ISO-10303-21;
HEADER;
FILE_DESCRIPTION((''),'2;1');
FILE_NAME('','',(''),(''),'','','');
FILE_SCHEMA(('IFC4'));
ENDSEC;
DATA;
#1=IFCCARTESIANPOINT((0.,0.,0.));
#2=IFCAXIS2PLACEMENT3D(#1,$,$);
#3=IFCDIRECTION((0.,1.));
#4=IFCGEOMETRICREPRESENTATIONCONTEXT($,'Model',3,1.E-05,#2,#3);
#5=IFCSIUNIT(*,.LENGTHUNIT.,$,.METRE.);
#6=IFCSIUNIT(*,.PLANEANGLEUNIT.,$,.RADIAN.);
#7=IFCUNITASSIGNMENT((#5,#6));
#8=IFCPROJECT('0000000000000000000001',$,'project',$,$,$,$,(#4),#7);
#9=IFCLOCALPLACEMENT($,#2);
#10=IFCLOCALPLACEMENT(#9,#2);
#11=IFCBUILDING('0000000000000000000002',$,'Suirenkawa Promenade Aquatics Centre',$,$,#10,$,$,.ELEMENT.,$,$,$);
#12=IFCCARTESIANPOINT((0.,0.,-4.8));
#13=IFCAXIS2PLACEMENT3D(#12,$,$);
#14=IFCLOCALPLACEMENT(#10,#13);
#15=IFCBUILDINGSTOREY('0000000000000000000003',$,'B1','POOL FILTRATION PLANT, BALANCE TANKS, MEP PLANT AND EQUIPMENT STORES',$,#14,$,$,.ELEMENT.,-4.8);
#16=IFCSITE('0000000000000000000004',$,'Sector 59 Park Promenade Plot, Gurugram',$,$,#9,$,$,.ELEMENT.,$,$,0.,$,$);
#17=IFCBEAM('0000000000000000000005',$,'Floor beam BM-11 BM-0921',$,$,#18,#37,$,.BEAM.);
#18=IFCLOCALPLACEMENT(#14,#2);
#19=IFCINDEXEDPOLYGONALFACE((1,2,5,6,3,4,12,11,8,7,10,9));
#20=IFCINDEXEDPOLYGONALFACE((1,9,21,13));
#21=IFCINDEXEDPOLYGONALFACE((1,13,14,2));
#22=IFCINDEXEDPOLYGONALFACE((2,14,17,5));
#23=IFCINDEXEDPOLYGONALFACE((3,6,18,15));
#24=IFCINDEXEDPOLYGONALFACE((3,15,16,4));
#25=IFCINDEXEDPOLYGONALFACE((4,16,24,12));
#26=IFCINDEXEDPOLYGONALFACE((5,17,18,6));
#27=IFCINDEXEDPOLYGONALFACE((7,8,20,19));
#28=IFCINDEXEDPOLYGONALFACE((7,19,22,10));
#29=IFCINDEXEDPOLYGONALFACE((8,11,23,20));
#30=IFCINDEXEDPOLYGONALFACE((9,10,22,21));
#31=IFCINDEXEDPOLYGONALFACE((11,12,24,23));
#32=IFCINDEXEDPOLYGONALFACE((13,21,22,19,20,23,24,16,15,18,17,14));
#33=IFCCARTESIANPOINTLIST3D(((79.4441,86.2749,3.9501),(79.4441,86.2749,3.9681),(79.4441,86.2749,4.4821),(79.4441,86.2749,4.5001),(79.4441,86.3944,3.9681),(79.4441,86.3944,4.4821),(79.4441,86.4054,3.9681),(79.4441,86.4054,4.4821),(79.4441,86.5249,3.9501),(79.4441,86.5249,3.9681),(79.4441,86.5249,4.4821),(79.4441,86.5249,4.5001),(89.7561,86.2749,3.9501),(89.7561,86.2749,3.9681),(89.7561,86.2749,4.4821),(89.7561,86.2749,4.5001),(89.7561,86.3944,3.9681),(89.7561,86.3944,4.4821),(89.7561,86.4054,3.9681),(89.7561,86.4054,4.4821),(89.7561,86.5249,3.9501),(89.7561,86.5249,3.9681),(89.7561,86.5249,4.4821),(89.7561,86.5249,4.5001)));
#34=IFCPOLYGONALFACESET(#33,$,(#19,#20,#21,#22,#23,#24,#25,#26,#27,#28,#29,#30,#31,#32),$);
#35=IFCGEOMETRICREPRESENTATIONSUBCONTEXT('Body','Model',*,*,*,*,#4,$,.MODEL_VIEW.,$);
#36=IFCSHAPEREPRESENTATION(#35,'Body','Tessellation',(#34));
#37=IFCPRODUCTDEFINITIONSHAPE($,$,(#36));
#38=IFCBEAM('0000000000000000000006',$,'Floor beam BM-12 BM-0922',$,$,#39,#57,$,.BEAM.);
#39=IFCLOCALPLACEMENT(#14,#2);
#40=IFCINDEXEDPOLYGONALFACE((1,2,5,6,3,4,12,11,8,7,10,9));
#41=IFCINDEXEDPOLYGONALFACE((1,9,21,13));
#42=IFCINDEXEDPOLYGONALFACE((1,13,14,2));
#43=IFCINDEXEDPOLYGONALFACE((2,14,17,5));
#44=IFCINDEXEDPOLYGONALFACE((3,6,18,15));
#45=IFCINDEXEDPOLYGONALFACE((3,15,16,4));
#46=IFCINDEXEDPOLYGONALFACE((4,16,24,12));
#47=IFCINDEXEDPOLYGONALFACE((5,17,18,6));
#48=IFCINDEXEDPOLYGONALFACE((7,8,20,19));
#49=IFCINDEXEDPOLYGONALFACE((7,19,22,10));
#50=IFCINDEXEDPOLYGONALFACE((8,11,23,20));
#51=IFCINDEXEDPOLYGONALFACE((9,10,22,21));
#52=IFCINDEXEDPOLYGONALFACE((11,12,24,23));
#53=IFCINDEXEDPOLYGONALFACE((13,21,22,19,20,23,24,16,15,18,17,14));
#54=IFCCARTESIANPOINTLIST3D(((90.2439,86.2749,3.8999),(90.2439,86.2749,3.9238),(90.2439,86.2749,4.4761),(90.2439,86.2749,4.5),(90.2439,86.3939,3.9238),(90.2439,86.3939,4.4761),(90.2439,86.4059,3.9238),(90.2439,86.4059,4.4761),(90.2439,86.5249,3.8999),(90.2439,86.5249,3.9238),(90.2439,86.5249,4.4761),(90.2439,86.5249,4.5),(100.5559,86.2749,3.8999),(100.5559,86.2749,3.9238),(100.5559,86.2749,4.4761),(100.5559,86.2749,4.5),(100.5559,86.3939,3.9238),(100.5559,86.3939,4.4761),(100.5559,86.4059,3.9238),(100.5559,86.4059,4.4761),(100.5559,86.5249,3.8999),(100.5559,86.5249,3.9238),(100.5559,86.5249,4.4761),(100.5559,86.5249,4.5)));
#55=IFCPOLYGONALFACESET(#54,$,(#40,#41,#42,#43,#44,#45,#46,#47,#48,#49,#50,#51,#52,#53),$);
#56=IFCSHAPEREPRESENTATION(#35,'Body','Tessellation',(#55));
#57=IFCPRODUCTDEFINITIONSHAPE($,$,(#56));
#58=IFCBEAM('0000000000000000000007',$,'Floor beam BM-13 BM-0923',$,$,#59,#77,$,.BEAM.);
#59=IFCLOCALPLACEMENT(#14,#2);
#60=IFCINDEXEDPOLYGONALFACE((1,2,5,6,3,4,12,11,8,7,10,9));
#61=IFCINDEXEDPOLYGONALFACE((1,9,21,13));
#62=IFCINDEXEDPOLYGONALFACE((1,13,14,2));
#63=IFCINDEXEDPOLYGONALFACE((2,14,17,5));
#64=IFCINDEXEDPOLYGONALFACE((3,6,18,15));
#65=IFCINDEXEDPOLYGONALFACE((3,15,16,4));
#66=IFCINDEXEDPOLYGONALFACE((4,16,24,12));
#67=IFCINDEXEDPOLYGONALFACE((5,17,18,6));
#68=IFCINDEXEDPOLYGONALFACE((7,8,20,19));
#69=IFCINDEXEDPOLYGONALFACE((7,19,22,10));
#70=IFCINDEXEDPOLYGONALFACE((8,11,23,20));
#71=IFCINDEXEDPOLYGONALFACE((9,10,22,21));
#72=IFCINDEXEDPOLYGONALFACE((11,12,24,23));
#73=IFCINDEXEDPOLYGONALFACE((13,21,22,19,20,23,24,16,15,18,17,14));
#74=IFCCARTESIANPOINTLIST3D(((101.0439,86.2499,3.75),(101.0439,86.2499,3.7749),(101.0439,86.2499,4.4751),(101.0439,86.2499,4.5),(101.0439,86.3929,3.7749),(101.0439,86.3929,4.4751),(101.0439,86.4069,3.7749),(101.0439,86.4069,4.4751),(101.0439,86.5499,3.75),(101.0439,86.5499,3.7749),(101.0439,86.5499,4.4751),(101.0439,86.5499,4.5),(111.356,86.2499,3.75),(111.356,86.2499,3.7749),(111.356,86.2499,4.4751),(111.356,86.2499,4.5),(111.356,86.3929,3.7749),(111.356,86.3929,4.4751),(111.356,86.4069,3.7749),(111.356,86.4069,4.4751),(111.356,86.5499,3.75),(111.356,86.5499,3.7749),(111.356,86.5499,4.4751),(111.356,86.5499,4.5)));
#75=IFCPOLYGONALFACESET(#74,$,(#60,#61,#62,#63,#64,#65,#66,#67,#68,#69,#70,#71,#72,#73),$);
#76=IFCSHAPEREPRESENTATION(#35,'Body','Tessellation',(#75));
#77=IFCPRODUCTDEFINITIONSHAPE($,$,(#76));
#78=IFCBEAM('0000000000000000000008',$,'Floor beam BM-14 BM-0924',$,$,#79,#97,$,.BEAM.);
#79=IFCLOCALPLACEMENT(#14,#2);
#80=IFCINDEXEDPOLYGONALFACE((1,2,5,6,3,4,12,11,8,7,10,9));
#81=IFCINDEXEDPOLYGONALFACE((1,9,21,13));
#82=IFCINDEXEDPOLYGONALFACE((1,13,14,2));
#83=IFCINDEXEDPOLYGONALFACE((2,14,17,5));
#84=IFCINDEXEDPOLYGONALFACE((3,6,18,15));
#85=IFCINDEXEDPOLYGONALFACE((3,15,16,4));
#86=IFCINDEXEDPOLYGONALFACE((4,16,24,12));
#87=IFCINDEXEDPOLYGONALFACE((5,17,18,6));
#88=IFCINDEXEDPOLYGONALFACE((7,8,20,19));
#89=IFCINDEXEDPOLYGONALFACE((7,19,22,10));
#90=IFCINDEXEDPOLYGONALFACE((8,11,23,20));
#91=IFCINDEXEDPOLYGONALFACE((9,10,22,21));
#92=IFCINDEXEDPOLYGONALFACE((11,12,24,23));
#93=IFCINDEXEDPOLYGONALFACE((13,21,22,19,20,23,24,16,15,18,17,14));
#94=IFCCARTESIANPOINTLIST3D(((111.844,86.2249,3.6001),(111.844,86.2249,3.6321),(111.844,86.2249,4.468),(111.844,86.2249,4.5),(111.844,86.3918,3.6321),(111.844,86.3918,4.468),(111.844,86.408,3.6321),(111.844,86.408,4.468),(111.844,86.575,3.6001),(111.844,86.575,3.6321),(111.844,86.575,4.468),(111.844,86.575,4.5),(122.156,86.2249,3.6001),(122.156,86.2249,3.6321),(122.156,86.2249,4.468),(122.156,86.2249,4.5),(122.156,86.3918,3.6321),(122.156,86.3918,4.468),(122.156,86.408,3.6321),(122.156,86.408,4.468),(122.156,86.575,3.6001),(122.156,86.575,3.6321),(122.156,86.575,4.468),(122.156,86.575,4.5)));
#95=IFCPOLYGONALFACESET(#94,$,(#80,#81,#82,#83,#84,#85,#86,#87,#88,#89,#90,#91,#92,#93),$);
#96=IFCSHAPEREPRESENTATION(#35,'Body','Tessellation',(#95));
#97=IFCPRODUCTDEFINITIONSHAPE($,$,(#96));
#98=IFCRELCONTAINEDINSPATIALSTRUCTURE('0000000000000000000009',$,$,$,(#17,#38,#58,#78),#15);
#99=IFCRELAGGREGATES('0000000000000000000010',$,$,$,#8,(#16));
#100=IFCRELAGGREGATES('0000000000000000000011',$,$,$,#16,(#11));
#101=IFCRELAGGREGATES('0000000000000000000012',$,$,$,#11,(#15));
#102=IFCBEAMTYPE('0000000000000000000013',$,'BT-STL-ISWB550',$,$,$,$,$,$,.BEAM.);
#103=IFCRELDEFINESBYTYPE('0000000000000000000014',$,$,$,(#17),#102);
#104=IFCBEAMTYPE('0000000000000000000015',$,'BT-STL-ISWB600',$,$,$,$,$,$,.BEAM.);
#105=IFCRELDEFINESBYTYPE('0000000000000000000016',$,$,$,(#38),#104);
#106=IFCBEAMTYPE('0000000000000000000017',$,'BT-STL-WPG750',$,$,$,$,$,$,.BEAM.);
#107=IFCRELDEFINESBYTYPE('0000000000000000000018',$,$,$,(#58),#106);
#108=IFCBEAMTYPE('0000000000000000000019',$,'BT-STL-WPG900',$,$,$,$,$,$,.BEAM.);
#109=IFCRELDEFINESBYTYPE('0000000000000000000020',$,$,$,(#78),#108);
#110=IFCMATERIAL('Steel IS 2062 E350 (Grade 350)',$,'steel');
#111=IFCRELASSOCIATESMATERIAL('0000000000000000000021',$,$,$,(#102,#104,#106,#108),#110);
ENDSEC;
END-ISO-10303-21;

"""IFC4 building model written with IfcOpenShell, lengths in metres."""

from ifc_helpers import new_model, si_unit, direction, frame, origin, origin_2d, place, context, subcontext, project, spatial, i_section, extrude, material, material_profile, profile_set, type_object, element, save


model = new_model("IFC4")

# Units and contexts
model_context = context("Model", 3, precision=1e-05, world=origin(), true_north=direction((0.0, 1.0)))
body_context = subcontext(model_context, "Body", "Model", "MODEL_VIEW")
ifc_project = project(units=[si_unit("LENGTHUNIT", "METRE"), si_unit("PLANEANGLEUNIT", "RADIAN")], contexts=[model_context])

# Site, building, storey
site_placement = place(None, origin())
site = spatial("IfcSite", under=ifc_project, at=site_placement, Name="Sector 59 Park Promenade Plot, Gurugram", CompositionType="ELEMENT", RefElevation=0.0)
building_placement = place(site_placement, origin())
building = spatial("IfcBuilding", under=site, at=building_placement, Name="Suirenkawa Promenade Aquatics Centre", CompositionType="ELEMENT")
storey_placement = place(building_placement, frame((0.0, 0.0, -4.8)))
storey = spatial("IfcBuildingStorey", under=building, at=storey_placement, Name="B1", Description="POOL FILTRATION PLANT, BALANCE TANKS, MEP PLANT AND EQUIPMENT STORES", CompositionType="ELEMENT", Elevation=-4.8)

# Beams
ifc_material_1 = material(Name="Steel IS 2062 E350 (Grade 350)", Category="steel")
ifc_material_profile_1 = material_profile(ifc_material_1, i_section(OverallWidth=0.25, OverallDepth=0.55, WebThickness=0.011, FlangeThickness=0.0181, at=origin_2d()), Name="ISWB 550", Category="steel")
ifc_profile_set_1 = profile_set([ifc_material_profile_1], Name="Steel IS 2062 E350 (Grade 350)")
beam_type_1 = type_object("IfcBeamType", Name="BT-STL-ISWB550", PredefinedType="BEAM", material=ifc_profile_set_1)
beam_1_placement = place(storey_placement, frame((79.4441, 86.3999, 4.2251), z_axis=(1.0, 0.0, 0.0), x_axis=(0.0, 1.0, 0.0)))
element("IfcBeam", 1, at=beam_1_placement, inside=storey, type_object=beam_type_1, Name="Floor beam BM-11 BM-0921", PredefinedType="BEAM", context=body_context, shape_type="SweptSolid", body=[
    extrude(i_section(OverallWidth=0.25, OverallDepth=0.55, WebThickness=0.011, FlangeThickness=0.0181, at=origin_2d()), origin(), (0.0, 0.0, 1.0), 10.312),
])
ifc_material_profile_2 = material_profile(ifc_material_1, i_section(OverallWidth=0.25, OverallDepth=0.6001, WebThickness=0.012, FlangeThickness=0.0239, at=origin_2d()), Name="ISWB 600", Category="steel")
ifc_profile_set_2 = profile_set([ifc_material_profile_2], Name="Steel IS 2062 E350 (Grade 350)")
beam_type_2 = type_object("IfcBeamType", Name="BT-STL-ISWB600", PredefinedType="BEAM", material=ifc_profile_set_2)
beam_2_placement = place(storey_placement, frame((90.2439, 86.3999, 4.2), z_axis=(1.0, 0.0, 0.0), x_axis=(0.0, 1.0, 0.0)))
element("IfcBeam", 2, at=beam_2_placement, inside=storey, type_object=beam_type_2, Name="Floor beam BM-12 BM-0922", PredefinedType="BEAM", context=body_context, shape_type="SweptSolid", body=[
    extrude(i_section(OverallWidth=0.25, OverallDepth=0.6001, WebThickness=0.012, FlangeThickness=0.0239, at=origin_2d()), origin(), (0.0, 0.0, 1.0), 10.312),
])
ifc_material_profile_3 = material_profile(ifc_material_1, i_section(OverallWidth=0.3, OverallDepth=0.75, WebThickness=0.0139, FlangeThickness=0.0249, at=origin_2d()), Name="WPG 750x300", Category="steel")
ifc_profile_set_3 = profile_set([ifc_material_profile_3], Name="Steel IS 2062 E350 (Grade 350)")
beam_type_3 = type_object("IfcBeamType", Name="BT-STL-WPG750", PredefinedType="BEAM", material=ifc_profile_set_3)
beam_3_placement = place(storey_placement, frame((101.0439, 86.3999, 4.125), z_axis=(1.0, 0.0, 0.0), x_axis=(0.0, 1.0, 0.0)))
element("IfcBeam", 3, at=beam_3_placement, inside=storey, type_object=beam_type_3, Name="Floor beam BM-13 BM-0923", PredefinedType="BEAM", context=body_context, shape_type="SweptSolid", body=[
    extrude(i_section(OverallWidth=0.3, OverallDepth=0.75, WebThickness=0.0139, FlangeThickness=0.0249, at=origin_2d()), origin(), (0.0, 0.0, 1.0), 10.312),
])
ifc_material_profile_4 = material_profile(ifc_material_1, i_section(OverallWidth=0.3501, OverallDepth=0.8999, WebThickness=0.0161, FlangeThickness=0.032, at=origin_2d()), Name="WPG 900x350", Category="steel")
ifc_profile_set_4 = profile_set([ifc_material_profile_4], Name="Steel IS 2062 E350 (Grade 350)")
beam_type_4 = type_object("IfcBeamType", Name="BT-STL-WPG900", PredefinedType="BEAM", material=ifc_profile_set_4)
beam_4_placement = place(storey_placement, frame((111.844, 86.3999, 4.05), z_axis=(1.0, 0.0, 0.0), x_axis=(0.0, 1.0, 0.0)))
element("IfcBeam", 4, at=beam_4_placement, inside=storey, type_object=beam_type_4, Name="Floor beam BM-14 BM-0924", PredefinedType="BEAM", context=body_context, shape_type="SweptSolid", body=[
    extrude(i_section(OverallWidth=0.3501, OverallDepth=0.8999, WebThickness=0.0161, FlangeThickness=0.032, at=origin_2d()), origin(), (0.0, 0.0, 1.0), 10.312),
])

save(model, "model.ifc")
